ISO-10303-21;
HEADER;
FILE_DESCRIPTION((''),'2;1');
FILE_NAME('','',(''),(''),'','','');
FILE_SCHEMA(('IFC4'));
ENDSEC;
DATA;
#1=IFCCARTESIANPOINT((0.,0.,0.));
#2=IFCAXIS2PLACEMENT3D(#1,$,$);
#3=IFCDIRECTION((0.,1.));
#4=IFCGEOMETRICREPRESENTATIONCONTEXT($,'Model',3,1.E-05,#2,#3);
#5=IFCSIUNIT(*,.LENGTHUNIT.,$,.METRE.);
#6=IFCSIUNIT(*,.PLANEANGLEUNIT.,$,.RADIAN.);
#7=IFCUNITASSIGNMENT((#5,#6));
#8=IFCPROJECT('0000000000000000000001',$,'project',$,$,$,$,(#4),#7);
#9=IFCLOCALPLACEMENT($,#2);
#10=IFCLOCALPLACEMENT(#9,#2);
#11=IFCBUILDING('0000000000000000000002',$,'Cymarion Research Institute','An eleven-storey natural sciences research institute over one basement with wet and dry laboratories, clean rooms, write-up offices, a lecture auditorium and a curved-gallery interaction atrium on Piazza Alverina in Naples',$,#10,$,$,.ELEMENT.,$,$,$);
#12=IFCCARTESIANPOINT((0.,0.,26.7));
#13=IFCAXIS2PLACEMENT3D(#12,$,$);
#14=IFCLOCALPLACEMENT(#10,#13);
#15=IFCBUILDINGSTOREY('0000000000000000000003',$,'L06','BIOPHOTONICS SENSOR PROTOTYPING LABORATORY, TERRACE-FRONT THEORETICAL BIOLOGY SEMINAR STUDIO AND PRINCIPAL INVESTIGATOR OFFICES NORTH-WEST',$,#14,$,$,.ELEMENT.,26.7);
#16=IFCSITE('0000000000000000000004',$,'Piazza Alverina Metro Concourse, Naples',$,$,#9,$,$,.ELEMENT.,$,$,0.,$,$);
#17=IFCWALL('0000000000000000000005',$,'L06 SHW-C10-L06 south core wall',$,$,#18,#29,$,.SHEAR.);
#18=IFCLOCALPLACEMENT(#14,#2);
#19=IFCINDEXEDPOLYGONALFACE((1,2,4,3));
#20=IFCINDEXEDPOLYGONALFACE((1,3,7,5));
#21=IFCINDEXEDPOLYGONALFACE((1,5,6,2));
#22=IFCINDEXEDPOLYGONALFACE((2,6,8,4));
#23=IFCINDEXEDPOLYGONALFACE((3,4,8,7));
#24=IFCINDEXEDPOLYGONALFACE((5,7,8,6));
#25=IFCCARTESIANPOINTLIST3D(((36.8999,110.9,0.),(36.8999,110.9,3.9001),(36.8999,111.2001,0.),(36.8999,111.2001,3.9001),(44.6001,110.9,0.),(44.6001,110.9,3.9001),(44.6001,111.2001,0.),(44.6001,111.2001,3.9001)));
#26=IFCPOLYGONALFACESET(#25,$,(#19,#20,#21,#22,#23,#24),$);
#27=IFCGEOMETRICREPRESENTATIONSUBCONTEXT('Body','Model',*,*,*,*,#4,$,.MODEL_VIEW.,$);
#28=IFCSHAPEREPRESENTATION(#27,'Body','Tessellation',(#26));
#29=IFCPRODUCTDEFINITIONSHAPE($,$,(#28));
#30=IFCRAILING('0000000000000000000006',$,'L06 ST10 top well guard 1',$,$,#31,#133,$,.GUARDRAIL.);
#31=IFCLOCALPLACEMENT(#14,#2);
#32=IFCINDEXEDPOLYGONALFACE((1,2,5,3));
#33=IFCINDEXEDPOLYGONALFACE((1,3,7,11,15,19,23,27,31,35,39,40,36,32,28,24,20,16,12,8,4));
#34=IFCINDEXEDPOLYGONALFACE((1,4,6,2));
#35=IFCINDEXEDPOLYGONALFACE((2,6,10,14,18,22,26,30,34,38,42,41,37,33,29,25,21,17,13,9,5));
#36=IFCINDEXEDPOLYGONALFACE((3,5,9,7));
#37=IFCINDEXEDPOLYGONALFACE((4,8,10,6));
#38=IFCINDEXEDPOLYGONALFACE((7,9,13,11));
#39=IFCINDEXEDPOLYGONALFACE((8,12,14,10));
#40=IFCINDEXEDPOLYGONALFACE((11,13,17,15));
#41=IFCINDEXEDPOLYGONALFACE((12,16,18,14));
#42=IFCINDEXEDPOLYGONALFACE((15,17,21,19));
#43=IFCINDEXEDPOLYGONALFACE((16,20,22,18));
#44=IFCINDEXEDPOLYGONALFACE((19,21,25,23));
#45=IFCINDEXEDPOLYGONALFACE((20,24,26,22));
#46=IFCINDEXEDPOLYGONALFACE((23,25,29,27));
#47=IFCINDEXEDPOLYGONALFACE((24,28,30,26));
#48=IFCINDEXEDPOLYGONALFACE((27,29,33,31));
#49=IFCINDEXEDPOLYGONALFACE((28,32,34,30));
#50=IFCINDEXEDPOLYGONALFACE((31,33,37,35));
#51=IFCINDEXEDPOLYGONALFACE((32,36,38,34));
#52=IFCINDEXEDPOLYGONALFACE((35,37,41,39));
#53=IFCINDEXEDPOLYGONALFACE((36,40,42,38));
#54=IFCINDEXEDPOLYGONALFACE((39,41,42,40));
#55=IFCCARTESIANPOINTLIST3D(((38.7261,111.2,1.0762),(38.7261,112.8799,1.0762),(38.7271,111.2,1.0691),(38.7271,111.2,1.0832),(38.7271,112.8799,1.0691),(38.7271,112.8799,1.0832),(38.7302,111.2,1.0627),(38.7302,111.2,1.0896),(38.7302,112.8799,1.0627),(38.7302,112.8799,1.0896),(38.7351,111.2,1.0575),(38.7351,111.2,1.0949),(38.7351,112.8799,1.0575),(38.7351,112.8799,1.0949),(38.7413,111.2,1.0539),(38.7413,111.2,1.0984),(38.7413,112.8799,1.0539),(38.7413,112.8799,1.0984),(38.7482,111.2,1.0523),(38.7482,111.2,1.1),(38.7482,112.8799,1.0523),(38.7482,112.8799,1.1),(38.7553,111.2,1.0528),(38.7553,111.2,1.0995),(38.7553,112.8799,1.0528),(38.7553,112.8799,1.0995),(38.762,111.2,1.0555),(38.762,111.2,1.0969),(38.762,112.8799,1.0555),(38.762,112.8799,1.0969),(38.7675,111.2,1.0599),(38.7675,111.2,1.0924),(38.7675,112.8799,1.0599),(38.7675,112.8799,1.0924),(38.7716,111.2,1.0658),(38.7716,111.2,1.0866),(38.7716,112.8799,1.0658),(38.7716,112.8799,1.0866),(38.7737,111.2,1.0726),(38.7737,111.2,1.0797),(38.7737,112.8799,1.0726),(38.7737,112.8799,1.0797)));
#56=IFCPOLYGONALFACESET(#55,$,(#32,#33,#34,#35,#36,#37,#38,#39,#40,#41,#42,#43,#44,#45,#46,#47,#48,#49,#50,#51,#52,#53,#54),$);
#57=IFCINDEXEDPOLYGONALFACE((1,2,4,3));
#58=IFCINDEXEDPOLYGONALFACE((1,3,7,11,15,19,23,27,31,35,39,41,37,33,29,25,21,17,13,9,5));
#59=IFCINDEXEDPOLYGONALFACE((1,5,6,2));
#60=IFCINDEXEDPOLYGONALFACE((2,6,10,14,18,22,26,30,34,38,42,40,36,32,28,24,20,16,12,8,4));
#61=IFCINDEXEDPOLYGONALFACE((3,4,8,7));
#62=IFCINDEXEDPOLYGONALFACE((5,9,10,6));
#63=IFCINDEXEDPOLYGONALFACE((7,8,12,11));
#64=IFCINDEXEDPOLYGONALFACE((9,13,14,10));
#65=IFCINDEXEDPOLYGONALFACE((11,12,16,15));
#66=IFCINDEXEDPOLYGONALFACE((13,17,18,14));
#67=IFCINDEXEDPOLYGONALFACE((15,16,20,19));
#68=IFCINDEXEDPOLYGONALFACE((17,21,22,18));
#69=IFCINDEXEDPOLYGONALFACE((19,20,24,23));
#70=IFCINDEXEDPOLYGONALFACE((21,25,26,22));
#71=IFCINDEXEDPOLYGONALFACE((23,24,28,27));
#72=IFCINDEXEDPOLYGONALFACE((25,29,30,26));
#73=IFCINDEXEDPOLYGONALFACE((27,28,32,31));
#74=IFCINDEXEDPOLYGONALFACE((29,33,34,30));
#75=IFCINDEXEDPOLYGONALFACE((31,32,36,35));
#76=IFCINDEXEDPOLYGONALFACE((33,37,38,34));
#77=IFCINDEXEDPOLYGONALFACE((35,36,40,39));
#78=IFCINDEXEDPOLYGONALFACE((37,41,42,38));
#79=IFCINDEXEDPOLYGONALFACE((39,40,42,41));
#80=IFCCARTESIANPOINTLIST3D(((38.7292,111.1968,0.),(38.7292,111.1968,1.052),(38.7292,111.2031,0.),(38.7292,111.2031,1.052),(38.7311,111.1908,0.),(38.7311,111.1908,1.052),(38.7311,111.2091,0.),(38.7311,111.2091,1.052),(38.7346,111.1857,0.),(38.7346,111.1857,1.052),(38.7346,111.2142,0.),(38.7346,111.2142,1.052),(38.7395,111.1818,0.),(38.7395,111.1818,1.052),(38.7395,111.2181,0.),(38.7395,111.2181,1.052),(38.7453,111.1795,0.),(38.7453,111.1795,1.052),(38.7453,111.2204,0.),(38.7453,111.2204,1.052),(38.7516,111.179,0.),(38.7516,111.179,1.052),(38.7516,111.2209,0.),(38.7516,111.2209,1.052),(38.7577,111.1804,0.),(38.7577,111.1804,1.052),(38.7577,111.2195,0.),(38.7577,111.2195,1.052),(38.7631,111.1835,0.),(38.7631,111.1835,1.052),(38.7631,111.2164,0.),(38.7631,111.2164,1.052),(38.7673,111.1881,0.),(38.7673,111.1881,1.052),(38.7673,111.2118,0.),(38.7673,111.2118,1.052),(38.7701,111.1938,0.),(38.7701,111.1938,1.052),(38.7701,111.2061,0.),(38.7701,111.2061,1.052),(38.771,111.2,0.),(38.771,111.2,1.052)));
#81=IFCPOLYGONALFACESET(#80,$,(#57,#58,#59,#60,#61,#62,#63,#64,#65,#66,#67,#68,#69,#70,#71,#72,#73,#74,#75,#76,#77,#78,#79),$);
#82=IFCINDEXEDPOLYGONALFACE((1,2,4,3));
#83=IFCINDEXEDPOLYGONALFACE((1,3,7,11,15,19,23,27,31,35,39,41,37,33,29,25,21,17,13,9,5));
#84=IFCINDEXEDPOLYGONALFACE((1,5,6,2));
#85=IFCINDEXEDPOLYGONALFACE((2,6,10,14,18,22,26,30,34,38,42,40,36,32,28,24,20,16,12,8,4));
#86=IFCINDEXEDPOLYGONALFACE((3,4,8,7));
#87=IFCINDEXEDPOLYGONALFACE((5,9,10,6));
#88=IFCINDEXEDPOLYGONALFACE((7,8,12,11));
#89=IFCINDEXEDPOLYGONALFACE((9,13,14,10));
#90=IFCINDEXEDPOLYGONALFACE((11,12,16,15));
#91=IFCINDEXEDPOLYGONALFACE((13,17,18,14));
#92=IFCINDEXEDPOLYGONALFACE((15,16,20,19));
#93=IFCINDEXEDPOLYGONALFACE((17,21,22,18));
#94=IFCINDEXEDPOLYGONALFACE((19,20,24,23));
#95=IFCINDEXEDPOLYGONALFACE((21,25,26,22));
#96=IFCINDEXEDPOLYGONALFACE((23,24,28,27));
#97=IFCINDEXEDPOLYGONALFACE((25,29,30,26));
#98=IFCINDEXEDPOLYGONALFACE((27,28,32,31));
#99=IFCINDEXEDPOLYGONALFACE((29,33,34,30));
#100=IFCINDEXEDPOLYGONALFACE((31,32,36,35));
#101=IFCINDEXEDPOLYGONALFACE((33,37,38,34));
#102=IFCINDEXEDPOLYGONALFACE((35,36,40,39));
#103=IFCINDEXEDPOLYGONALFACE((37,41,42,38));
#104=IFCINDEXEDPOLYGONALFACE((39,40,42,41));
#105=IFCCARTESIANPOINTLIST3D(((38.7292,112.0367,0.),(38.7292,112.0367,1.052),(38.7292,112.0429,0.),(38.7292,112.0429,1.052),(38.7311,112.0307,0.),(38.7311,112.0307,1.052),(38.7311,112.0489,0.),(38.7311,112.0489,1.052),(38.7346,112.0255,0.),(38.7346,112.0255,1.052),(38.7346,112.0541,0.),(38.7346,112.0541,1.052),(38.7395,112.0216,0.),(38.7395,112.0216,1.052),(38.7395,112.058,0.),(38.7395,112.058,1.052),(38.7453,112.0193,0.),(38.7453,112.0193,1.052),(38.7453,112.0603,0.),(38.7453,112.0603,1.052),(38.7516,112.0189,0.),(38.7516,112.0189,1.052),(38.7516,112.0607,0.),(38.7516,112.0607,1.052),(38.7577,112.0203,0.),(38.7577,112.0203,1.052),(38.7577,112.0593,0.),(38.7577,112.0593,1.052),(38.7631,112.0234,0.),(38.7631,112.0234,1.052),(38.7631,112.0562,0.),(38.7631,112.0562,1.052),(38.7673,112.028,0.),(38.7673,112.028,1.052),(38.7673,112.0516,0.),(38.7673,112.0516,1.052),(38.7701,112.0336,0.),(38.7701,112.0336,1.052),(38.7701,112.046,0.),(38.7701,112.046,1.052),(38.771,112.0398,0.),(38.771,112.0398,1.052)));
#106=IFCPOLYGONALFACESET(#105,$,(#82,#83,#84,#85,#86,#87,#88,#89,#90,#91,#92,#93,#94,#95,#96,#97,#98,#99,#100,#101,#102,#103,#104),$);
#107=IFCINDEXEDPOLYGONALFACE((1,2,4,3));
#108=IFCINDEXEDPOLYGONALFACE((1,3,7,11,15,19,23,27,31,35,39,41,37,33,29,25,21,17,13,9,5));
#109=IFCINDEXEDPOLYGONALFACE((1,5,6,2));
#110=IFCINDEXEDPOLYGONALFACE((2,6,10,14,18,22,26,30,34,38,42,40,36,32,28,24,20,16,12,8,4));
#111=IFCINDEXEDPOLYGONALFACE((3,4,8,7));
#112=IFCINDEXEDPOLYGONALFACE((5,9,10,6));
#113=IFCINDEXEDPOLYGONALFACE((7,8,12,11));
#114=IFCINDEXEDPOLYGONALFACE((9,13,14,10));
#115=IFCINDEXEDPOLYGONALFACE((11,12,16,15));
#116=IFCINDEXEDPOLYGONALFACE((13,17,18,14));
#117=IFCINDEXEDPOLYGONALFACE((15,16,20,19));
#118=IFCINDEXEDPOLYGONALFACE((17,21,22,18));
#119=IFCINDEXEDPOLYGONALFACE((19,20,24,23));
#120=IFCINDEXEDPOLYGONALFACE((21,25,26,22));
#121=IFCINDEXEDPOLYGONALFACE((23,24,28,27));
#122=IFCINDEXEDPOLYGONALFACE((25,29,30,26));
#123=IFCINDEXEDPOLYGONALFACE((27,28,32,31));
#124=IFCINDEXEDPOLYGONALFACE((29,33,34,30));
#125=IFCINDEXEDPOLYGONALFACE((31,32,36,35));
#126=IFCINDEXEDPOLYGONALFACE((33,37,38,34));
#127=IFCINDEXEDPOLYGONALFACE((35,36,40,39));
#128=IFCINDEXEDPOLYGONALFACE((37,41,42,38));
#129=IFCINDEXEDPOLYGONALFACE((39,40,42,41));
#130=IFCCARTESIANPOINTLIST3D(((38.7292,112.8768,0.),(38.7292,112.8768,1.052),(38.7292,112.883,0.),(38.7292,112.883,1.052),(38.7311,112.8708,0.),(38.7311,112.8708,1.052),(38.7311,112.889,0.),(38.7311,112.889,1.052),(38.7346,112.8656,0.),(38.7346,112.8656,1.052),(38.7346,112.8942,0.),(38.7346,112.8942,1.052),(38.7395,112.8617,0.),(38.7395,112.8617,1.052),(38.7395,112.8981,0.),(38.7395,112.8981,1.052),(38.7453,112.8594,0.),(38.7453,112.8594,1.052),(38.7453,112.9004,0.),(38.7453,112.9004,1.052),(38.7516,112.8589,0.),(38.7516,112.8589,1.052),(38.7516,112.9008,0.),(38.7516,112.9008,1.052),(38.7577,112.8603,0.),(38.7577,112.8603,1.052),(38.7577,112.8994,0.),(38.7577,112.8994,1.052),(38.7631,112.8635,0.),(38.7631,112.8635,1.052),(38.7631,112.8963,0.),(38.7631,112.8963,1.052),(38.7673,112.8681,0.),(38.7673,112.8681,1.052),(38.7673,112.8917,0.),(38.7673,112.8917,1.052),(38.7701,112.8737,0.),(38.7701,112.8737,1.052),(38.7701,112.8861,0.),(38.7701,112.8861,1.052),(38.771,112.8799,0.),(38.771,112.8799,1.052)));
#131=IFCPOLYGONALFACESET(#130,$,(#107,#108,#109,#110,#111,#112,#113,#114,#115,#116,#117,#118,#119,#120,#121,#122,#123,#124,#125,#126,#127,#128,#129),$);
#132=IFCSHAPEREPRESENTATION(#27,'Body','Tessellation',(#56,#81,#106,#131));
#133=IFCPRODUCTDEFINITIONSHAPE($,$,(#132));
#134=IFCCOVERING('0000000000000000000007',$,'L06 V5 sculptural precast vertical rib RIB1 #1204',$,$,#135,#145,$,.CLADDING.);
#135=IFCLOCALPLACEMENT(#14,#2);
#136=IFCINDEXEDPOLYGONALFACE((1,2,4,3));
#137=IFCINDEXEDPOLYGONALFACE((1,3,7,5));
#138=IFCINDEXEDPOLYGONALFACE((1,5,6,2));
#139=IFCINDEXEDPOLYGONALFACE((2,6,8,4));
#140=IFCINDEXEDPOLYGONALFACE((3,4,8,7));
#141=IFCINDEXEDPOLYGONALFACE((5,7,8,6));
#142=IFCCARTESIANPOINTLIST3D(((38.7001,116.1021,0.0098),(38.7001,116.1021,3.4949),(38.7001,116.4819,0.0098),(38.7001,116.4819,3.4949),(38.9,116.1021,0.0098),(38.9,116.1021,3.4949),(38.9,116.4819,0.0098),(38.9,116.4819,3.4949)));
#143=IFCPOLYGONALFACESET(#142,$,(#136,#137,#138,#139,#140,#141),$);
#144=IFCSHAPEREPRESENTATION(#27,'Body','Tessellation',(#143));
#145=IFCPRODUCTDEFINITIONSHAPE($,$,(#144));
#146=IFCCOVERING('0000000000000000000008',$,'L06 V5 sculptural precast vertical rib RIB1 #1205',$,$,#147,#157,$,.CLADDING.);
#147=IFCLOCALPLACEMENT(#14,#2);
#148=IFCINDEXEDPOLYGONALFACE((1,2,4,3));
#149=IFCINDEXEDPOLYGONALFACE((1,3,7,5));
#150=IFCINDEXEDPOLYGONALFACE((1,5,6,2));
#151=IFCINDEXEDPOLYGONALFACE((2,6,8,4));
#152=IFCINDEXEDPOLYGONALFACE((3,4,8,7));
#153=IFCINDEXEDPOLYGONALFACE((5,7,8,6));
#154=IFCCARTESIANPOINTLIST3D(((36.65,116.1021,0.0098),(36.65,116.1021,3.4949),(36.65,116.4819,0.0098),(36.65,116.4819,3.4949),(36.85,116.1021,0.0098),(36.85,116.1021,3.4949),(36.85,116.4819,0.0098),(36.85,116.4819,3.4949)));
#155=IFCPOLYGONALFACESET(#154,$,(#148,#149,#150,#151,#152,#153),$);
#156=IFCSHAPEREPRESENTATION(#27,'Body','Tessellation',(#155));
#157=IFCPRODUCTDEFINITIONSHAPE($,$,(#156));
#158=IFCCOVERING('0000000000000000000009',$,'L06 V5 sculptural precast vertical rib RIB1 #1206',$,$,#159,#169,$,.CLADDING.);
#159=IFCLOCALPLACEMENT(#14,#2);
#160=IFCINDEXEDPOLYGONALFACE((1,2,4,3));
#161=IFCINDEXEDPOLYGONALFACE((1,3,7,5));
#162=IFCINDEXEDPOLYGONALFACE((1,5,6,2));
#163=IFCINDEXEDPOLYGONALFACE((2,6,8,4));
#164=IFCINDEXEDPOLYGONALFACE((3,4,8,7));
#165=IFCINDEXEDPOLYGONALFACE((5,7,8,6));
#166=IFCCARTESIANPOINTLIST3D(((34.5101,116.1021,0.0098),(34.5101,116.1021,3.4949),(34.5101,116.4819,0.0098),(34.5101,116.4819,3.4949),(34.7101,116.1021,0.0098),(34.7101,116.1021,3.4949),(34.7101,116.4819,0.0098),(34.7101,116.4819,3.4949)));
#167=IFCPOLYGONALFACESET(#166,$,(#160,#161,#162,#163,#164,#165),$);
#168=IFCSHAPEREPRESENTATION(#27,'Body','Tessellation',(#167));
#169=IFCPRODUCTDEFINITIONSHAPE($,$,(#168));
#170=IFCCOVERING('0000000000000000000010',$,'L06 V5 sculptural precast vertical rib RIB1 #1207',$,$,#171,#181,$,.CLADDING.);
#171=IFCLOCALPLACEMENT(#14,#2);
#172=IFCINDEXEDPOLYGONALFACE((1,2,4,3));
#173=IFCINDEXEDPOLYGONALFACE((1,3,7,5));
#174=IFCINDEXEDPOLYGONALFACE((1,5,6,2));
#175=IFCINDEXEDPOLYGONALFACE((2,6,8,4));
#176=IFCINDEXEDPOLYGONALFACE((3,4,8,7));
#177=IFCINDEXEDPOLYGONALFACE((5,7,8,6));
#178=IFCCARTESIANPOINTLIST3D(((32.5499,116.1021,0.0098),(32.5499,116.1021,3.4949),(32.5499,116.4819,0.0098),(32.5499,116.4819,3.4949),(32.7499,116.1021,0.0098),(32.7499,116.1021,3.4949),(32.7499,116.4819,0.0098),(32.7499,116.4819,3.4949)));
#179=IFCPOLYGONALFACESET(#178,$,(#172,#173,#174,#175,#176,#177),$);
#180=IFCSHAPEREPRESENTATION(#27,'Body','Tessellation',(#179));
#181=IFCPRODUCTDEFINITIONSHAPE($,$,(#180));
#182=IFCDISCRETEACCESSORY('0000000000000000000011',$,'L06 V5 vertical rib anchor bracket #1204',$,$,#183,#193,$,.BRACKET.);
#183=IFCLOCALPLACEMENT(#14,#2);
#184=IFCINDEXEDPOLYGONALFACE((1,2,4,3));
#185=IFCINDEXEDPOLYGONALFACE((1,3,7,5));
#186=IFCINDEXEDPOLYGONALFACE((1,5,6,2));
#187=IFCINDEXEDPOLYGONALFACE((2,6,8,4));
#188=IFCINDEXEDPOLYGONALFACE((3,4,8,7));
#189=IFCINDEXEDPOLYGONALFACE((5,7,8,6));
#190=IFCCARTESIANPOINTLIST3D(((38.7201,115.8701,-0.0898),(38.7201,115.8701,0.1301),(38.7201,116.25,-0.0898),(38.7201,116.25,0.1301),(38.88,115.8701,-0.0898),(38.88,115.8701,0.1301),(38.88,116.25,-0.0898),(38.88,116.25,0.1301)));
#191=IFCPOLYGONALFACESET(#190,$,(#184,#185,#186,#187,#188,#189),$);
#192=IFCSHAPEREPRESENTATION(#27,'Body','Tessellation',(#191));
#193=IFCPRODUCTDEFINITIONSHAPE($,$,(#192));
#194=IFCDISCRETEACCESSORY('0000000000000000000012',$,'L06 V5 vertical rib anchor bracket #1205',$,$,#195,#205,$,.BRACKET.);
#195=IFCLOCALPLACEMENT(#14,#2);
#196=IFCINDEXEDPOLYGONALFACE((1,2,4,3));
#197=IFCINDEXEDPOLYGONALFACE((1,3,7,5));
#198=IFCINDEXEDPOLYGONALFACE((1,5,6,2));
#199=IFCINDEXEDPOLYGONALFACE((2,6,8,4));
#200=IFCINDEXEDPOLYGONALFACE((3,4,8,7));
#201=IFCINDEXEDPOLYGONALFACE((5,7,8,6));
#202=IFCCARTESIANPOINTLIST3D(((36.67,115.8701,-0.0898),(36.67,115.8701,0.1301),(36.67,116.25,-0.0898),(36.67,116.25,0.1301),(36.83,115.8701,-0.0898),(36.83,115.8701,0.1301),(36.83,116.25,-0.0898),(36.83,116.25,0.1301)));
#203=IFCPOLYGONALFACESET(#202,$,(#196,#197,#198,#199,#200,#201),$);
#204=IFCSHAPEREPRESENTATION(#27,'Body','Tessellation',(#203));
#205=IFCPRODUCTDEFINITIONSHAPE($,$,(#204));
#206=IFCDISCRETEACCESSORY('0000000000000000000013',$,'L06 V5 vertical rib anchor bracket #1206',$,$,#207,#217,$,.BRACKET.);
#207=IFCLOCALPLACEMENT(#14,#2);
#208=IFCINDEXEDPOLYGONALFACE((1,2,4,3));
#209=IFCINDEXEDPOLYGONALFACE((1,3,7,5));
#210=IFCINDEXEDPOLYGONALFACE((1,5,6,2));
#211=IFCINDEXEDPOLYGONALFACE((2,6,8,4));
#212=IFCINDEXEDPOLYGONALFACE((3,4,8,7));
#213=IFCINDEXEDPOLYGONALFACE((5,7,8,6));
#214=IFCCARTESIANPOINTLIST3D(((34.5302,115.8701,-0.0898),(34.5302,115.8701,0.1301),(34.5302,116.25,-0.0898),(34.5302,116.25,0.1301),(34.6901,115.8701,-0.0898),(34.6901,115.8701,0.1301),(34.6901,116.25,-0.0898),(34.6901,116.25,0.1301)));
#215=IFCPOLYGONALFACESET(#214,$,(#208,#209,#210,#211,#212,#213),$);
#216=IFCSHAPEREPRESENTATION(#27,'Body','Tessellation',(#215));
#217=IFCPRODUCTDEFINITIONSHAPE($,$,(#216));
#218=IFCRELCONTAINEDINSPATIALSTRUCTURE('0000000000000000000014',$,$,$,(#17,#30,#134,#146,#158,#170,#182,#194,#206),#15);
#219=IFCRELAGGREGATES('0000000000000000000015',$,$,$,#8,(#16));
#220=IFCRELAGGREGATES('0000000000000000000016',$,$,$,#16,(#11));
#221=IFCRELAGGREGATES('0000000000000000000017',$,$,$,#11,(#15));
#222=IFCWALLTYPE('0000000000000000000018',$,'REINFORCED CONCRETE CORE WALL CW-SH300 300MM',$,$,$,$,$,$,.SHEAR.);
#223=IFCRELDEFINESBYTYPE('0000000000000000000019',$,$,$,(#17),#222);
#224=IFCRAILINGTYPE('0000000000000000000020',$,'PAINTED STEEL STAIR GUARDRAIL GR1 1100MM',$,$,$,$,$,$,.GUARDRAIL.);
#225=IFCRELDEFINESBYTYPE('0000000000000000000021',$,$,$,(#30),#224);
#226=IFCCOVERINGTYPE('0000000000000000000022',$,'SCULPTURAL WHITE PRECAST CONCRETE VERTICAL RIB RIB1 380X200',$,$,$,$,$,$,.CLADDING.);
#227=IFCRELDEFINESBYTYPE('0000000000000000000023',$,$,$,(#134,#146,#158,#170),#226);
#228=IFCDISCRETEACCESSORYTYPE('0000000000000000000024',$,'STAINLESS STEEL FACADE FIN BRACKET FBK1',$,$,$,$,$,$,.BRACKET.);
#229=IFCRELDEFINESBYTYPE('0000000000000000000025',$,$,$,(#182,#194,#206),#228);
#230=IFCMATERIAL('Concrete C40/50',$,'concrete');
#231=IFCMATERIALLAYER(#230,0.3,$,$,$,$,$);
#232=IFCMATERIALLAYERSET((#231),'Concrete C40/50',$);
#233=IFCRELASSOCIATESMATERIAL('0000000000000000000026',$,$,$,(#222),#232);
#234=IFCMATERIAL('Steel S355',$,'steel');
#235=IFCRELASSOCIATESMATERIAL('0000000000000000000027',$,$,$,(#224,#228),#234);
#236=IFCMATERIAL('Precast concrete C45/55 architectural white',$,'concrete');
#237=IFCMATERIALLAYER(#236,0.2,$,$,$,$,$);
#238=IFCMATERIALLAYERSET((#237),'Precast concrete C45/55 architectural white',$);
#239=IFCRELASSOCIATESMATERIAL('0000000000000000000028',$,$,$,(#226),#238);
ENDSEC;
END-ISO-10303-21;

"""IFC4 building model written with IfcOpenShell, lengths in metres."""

from ifc_helpers import new_model, si_unit, direction, frame, frame_2d, origin, origin_2d, place, context, subcontext, project, spatial, rectangle, circle, extrude, material, layer, layer_set, type_object, element, save


model = new_model("IFC4")

# Units and contexts
model_context = context("Model", 3, precision=1e-05, world=origin(), true_north=direction((0.0, 1.0)))
body_context = subcontext(model_context, "Body", "Model", "MODEL_VIEW")
ifc_project = project(units=[si_unit("LENGTHUNIT", "METRE"), si_unit("PLANEANGLEUNIT", "RADIAN")], contexts=[model_context])

# Site, building, storey
site_placement = place(None, origin())
site = spatial("IfcSite", under=ifc_project, at=site_placement, Name="Piazza Alverina Metro Concourse, Naples", CompositionType="ELEMENT", RefElevation=0.0)
building_placement = place(site_placement, origin())
building = spatial("IfcBuilding", under=site, at=building_placement, Name="Cymarion Research Institute", Description="An eleven-storey natural sciences research institute over one basement with wet and dry laboratories, clean rooms, write-up offices, a lecture auditorium and a curved-gallery interaction atrium on Piazza Alverina in Naples", CompositionType="ELEMENT")
storey_placement = place(building_placement, frame((0.0, 0.0, 26.7)))
storey = spatial("IfcBuildingStorey", under=building, at=storey_placement, Name="L06", Description="BIOPHOTONICS SENSOR PROTOTYPING LABORATORY, TERRACE-FRONT THEORETICAL BIOLOGY SEMINAR STUDIO AND PRINCIPAL INVESTIGATOR OFFICES NORTH-WEST", CompositionType="ELEMENT", Elevation=26.7)

# Shared definitions
ifc_material_1 = material(Name="Steel S355", Category="steel")

# Wall
ifc_material_2 = material(Name="Concrete C40/50", Category="concrete")
ifc_layer_1 = layer(ifc_material_2, 0.3)
ifc_layer_set_1 = layer_set([ifc_layer_1], Name="Concrete C40/50")
wall_type = type_object("IfcWallType", Name="REINFORCED CONCRETE CORE WALL CW-SH300 300MM", PredefinedType="SHEAR", material=ifc_layer_set_1)
wall_1_placement = place(storey_placement, frame((36.8999, 111.05, 0.0), z_axis=(0.0, 0.0, 1.0), x_axis=(1.0, 0.0, 0.0)))
element("IfcWall", 1, at=wall_1_placement, inside=storey, type_object=wall_type, Name="L06 SHW-C10-L06 south core wall", PredefinedType="SHEAR", context=body_context, shape_type="SweptSolid", body=[
    extrude(rectangle(XDim=7.7002, YDim=0.3, at=frame_2d((3.8501, 0.0))), origin(), (0.0, 0.0, 1.0), 3.9001),
])

# Railing
railing_type = type_object("IfcRailingType", Name="PAINTED STEEL STAIR GUARDRAIL GR1 1100MM", PredefinedType="GUARDRAIL", material=ifc_material_1)
railing_placement = place(storey_placement, frame((38.75, 111.2, 0.0)))
element("IfcRailing", 2, at=railing_placement, inside=storey, type_object=railing_type, Name="L06 ST10 top well guard 1", PredefinedType="GUARDRAIL", context=body_context, shape_type="SweptSolid", body=[
    extrude(circle(Radius=0.0239, at=origin_2d()), frame((0.0, 0.0, 1.0762), z_axis=(0.0, 1.0, 0.0), x_axis=(-1.0, 0.0, 0.0)), (0.0, 0.0, 1.0), 1.6799),
    extrude(circle(Radius=0.021, at=origin_2d()), origin(), (0.0, 0.0, 1.0), 1.052),
    extrude(circle(Radius=0.021, at=origin_2d()), frame((0.0, 0.8398, 0.0)), (0.0, 0.0, 1.0), 1.052),
    extrude(circle(Radius=0.021, at=origin_2d()), frame((0.0, 1.6799, 0.0)), (0.0, 0.0, 1.0), 1.052),
])

# Coverings
ifc_material_3 = material(Name="Precast concrete C45/55 architectural white", Category="concrete")
ifc_layer_2 = layer(ifc_material_3, 0.2)
ifc_layer_set_2 = layer_set([ifc_layer_2], Name="Precast concrete C45/55 architectural white")
covering_type = type_object("IfcCoveringType", Name="SCULPTURAL WHITE PRECAST CONCRETE VERTICAL RIB RIB1 380X200", PredefinedType="CLADDING", material=ifc_layer_set_2)
for number, where, z_axis, x_axis, name in (
    (3, (38.8, 116.292, 0.0098), (0.0, 0.0, 1.0), (0.0, 1.0, 0.0), "L06 V5 sculptural precast vertical rib RIB1 #1204"),
    (4, (36.75, 116.292, 0.0098), (0.0, 0.0, 1.0), (0.0, 1.0, 0.0), "L06 V5 sculptural precast vertical rib RIB1 #1205"),
    (5, (34.6101, 116.292, 0.0098), (0.0, 0.0, 1.0), (0.0, 1.0, 0.0), "L06 V5 sculptural precast vertical rib RIB1 #1206"),
    (6, (32.6499, 116.292, 0.0098), (0.0, 0.0, 1.0), (0.0, 1.0, 0.0), "L06 V5 sculptural precast vertical rib RIB1 #1207"),
):
    element("IfcCovering", number, at=place(storey_placement, frame(where, z_axis=z_axis, x_axis=x_axis)), inside=storey, type_object=covering_type, Name=name, PredefinedType="CLADDING", context=body_context, shape_type="SweptSolid", body=[
        extrude(rectangle(XDim=0.3799, YDim=0.2, at=origin_2d()), origin(), (0.0, 0.0, 1.0), 3.4851),
    ])

# Discrete accessories
discrete_accessory_type = type_object("IfcDiscreteAccessoryType", Name="STAINLESS STEEL FACADE FIN BRACKET FBK1", PredefinedType="BRACKET", material=ifc_material_1)
for number, where, z_axis, x_axis, name in (
    (7, (38.8, 116.0601, -0.0898), (0.0, 0.0, 1.0), (0.0, 1.0, 0.0), "L06 V5 vertical rib anchor bracket #1204"),
    (8, (36.75, 116.0601, -0.0898), (0.0, 0.0, 1.0), (0.0, 1.0, 0.0), "L06 V5 vertical rib anchor bracket #1205"),
    (9, (34.6101, 116.0601, -0.0898), (0.0, 0.0, 1.0), (0.0, 1.0, 0.0), "L06 V5 vertical rib anchor bracket #1206"),
):
    element("IfcDiscreteAccessory", number, at=place(storey_placement, frame(where, z_axis=z_axis, x_axis=x_axis)), inside=storey, type_object=discrete_accessory_type, Name=name, PredefinedType="BRACKET", context=body_context, shape_type="SweptSolid", body=[
        extrude(rectangle(XDim=0.3799, YDim=0.1599, at=origin_2d()), origin(), (0.0, 0.0, 1.0), 0.22),
    ])

save(model, "model.ifc")
